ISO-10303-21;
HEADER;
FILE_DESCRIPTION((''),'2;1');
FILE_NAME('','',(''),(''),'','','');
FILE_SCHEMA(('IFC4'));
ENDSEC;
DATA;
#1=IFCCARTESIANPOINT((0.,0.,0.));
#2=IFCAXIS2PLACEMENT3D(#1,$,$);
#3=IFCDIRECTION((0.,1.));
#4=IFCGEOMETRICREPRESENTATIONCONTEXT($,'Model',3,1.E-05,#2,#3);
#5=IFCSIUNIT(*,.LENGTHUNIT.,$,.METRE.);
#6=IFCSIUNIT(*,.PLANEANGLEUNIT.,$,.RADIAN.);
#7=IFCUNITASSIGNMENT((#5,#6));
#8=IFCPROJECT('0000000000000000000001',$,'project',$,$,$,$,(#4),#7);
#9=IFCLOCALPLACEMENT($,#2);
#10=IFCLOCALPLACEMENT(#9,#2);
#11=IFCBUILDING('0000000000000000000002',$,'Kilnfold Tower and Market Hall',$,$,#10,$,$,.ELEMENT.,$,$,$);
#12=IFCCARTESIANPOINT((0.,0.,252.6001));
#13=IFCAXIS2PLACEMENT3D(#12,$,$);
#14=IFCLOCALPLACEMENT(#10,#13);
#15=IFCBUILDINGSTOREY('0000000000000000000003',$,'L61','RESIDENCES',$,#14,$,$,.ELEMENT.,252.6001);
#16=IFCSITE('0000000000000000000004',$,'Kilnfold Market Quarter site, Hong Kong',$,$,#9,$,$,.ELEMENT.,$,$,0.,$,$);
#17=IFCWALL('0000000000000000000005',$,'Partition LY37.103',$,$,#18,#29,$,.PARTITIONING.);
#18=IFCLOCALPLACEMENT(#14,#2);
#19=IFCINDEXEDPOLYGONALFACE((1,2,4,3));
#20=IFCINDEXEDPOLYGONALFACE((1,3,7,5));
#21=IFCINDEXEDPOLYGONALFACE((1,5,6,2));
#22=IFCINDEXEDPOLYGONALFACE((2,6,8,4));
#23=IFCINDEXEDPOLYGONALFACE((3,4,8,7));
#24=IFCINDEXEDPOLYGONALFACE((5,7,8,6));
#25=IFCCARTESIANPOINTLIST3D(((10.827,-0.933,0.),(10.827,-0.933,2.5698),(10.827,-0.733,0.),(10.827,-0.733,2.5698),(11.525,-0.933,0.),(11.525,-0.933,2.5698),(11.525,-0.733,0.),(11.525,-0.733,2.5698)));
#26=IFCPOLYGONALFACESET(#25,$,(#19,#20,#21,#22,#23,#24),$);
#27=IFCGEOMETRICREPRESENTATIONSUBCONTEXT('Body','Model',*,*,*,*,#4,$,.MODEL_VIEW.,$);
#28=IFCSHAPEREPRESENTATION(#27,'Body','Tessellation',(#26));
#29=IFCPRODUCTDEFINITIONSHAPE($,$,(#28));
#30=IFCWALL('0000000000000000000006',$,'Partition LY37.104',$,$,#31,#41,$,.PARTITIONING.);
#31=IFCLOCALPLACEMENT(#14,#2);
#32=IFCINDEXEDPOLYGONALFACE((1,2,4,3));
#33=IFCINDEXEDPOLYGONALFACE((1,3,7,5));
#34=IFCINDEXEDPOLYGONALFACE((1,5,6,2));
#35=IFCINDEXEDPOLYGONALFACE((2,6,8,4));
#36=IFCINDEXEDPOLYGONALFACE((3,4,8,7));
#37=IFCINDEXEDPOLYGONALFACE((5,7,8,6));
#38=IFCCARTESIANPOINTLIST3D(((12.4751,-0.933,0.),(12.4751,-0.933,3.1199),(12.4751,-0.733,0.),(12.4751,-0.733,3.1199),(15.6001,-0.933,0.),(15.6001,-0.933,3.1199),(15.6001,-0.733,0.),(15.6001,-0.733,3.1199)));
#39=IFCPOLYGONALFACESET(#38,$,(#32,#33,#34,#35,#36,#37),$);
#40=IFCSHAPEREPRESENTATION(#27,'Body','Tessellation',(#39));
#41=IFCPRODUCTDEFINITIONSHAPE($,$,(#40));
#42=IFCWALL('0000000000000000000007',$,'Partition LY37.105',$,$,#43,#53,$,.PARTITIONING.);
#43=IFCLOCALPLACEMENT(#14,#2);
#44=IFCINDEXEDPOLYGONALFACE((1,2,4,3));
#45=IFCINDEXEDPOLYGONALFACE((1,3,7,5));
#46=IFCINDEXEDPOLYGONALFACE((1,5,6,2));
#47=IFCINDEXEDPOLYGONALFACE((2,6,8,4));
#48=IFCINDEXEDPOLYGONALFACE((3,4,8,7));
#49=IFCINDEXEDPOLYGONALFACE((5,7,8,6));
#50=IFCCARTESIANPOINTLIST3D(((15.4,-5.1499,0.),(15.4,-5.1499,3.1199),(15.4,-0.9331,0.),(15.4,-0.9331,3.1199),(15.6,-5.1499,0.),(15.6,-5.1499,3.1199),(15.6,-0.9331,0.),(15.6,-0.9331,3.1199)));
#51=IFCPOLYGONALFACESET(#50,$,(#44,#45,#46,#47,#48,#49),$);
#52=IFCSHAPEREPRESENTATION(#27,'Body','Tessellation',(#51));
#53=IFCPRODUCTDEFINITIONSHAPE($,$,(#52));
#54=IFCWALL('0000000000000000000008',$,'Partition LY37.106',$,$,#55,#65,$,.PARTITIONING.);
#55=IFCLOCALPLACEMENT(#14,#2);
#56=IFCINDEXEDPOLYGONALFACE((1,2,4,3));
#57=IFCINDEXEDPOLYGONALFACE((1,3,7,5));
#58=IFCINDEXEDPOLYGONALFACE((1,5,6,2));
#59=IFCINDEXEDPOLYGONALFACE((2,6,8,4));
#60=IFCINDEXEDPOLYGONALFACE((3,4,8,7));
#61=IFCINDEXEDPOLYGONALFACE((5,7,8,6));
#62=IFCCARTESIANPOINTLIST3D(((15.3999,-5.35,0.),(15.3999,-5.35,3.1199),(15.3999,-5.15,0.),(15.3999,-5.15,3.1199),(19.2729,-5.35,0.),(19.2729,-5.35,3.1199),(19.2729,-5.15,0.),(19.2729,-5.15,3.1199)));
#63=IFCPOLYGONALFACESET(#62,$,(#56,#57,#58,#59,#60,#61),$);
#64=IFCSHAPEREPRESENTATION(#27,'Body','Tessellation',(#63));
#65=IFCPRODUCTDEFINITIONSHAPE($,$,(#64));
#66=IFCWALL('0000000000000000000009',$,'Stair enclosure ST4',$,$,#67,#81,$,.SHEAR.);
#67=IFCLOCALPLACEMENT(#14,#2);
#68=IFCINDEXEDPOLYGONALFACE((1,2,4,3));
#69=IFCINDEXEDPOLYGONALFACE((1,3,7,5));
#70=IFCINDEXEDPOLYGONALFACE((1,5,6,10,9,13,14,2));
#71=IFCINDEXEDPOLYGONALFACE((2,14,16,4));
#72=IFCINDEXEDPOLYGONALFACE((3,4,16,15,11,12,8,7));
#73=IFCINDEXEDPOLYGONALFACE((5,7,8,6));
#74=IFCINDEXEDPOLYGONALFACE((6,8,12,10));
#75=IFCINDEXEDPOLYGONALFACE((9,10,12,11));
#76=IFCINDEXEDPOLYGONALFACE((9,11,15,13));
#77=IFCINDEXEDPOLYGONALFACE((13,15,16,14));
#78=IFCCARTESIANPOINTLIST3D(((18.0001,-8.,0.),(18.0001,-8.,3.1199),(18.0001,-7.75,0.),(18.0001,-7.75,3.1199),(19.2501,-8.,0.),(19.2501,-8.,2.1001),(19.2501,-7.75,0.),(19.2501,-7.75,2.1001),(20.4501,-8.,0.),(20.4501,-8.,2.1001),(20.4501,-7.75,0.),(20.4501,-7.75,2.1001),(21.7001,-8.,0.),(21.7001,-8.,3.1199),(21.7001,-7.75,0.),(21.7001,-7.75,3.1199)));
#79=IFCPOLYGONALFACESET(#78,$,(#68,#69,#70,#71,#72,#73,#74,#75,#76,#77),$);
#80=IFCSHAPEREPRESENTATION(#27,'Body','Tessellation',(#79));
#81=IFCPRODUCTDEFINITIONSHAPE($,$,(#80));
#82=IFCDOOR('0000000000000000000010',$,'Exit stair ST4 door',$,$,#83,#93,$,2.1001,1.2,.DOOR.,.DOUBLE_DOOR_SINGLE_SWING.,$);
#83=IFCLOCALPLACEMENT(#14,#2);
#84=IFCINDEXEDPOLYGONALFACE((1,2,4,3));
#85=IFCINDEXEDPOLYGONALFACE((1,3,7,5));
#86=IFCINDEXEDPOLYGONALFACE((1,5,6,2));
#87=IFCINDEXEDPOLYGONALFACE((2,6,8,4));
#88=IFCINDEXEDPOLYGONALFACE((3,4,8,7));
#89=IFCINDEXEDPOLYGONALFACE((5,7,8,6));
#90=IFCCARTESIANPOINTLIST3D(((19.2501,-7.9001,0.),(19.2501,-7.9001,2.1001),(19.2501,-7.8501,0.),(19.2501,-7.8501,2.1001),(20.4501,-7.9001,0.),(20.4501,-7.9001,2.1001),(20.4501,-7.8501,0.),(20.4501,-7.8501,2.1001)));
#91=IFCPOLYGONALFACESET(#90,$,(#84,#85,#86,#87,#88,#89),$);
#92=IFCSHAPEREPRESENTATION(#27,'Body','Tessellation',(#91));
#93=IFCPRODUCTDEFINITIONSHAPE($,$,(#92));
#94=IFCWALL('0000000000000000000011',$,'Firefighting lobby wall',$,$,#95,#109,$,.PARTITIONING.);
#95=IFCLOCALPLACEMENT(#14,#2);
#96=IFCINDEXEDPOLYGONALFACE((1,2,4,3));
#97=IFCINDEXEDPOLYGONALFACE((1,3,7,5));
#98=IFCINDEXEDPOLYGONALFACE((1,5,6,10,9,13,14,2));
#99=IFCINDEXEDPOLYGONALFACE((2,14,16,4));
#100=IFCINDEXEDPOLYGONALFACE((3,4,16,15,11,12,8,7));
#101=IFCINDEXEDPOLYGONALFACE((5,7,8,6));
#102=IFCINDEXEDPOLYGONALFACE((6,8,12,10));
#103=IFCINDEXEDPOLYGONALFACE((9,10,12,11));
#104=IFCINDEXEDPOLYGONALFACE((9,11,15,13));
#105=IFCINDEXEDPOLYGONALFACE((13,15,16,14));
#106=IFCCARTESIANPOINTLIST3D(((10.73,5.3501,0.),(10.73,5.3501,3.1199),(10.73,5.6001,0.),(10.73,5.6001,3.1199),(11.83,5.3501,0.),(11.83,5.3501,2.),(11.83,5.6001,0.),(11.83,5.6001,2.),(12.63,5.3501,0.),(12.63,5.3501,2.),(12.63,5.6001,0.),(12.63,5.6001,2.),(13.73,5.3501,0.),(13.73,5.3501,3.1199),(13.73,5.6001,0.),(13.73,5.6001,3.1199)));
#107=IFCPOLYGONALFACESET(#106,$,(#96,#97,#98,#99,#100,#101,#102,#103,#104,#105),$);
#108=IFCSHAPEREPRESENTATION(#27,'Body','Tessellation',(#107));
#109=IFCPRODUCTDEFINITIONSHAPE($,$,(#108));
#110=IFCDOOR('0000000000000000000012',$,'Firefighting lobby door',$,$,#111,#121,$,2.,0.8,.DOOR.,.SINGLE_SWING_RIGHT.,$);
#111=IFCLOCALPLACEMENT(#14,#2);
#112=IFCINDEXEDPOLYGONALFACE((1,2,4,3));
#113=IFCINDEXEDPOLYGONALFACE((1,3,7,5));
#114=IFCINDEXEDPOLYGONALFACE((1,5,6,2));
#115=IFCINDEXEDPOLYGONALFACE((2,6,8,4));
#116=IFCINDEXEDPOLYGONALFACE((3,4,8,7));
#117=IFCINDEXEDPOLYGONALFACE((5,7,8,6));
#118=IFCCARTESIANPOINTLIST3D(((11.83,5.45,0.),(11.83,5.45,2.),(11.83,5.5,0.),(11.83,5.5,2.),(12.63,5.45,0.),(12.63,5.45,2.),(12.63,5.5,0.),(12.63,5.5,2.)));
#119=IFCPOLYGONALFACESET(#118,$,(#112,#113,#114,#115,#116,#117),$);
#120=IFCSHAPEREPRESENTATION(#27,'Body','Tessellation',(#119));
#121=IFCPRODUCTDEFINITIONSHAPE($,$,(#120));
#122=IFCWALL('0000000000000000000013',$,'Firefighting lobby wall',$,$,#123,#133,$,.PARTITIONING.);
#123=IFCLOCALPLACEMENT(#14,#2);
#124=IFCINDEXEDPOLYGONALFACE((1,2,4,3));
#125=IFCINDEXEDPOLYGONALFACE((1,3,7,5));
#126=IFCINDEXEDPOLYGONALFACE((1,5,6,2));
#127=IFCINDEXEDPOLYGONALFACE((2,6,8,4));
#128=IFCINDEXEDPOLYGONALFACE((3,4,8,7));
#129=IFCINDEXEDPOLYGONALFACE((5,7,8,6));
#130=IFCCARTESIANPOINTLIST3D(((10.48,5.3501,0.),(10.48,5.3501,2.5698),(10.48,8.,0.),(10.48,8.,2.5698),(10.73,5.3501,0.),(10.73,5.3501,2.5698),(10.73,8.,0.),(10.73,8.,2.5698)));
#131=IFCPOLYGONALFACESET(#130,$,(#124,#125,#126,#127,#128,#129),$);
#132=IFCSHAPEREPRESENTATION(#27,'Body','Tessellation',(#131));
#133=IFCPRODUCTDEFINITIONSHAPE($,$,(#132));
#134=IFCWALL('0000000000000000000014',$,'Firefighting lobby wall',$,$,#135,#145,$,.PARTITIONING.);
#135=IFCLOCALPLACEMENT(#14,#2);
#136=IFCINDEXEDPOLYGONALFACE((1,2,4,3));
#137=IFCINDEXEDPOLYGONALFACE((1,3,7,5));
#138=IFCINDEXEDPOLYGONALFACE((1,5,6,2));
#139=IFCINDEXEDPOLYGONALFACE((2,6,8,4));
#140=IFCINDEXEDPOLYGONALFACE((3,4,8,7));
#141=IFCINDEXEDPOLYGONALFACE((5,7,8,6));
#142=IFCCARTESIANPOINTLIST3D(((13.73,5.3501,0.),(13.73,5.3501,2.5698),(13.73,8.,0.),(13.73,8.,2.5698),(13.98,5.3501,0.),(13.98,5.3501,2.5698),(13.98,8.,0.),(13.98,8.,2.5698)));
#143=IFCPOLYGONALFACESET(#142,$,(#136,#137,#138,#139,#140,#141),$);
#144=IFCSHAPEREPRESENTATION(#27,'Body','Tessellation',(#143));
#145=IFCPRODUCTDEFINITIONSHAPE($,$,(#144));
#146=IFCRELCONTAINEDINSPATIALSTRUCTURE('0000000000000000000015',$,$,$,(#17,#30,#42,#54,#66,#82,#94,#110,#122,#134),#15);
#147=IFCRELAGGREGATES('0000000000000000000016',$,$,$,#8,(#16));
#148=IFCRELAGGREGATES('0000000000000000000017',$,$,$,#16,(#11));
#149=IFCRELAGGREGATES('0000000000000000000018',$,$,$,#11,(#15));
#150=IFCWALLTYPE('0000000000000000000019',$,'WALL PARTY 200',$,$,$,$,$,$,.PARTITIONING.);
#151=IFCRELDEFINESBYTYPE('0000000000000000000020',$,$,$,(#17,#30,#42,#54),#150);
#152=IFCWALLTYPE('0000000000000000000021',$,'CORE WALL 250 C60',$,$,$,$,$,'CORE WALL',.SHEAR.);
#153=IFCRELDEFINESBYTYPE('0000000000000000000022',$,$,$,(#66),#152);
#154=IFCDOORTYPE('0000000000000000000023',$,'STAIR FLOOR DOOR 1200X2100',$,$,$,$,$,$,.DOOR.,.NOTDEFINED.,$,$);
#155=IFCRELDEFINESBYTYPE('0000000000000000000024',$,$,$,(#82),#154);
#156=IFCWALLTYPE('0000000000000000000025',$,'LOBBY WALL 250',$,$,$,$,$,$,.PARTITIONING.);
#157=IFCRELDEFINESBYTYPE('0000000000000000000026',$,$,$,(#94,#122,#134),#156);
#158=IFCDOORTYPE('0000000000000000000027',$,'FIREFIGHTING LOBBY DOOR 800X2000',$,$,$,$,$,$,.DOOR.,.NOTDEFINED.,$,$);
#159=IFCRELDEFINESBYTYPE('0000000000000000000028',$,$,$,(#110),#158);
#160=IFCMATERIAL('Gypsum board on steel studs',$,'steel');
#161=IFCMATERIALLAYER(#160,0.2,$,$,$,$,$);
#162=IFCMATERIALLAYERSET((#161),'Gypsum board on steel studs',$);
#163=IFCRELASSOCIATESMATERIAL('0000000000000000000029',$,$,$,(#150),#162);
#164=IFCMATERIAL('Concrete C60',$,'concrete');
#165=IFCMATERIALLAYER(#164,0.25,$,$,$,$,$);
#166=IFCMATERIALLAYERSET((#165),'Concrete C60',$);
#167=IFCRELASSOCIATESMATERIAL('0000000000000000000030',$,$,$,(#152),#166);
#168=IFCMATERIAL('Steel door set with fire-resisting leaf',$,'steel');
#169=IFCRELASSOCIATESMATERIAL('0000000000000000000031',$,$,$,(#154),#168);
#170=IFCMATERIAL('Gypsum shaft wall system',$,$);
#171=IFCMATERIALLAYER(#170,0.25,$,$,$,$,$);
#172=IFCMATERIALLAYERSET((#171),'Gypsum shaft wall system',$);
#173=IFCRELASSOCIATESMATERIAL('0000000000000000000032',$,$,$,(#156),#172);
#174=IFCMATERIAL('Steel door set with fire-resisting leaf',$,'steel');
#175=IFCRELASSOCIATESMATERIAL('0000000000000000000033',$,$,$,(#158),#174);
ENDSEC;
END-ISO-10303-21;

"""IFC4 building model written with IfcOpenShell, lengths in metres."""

from ifc_helpers import new_model, si_unit, direction, frame, frame_2d, origin, place, context, subcontext, project, spatial, rectangle, extrude, source, transform, mapped, material, layer, layer_set, type_object, element, fill, save


model = new_model("IFC4")

# Units and contexts
model_context = context("Model", 3, precision=1e-05, world=origin(), true_north=direction((0.0, 1.0)))
body_context = subcontext(model_context, "Body", "Model", "MODEL_VIEW")
ifc_project = project(units=[si_unit("LENGTHUNIT", "METRE"), si_unit("PLANEANGLEUNIT", "RADIAN")], contexts=[model_context])

# Site, building, storey
site_placement = place(None, origin())
site = spatial("IfcSite", under=ifc_project, at=site_placement, Name="Kilnfold Market Quarter site, Hong Kong", CompositionType="ELEMENT", RefElevation=0.0)
building_placement = place(site_placement, origin())
building = spatial("IfcBuilding", under=site, at=building_placement, Name="Kilnfold Tower and Market Hall", CompositionType="ELEMENT")
storey_placement = place(building_placement, frame((0.0, 0.0, 252.6001)))
storey = spatial("IfcBuildingStorey", under=building, at=storey_placement, Name="L61", Description="RESIDENCES", CompositionType="ELEMENT", Elevation=252.6001)

# Walls
ifc_material_1 = material(Name="Gypsum board on steel studs", Category="steel")
ifc_layer_1 = layer(ifc_material_1, 0.2)
ifc_layer_set_1 = layer_set([ifc_layer_1], Name="Gypsum board on steel studs")
wall_type_1 = type_object("IfcWallType", Name="WALL PARTY 200", PredefinedType="PARTITIONING", material=ifc_layer_set_1)
wall_1_placement = place(storey_placement, frame((10.8269, -0.833, 0.0), z_axis=(0.0, 0.0, 1.0), x_axis=(1.0, 0.0, 0.0)))
element("IfcWall", 1, at=wall_1_placement, inside=storey, type_object=wall_type_1, Name="Partition LY37.103", PredefinedType="PARTITIONING", context=body_context, shape_type="SweptSolid", body=[
    extrude(rectangle(XDim=0.698, YDim=0.2, at=frame_2d((0.3491, 0.0))), origin(), (0.0, 0.0, 1.0), 2.5698),
])
wall_2_placement = place(storey_placement, frame((12.4751, -0.833, 0.0), z_axis=(0.0, 0.0, 1.0), x_axis=(1.0, 0.0, 0.0)))
element("IfcWall", 2, at=wall_2_placement, inside=storey, type_object=wall_type_1, Name="Partition LY37.104", PredefinedType="PARTITIONING", context=body_context, shape_type="SweptSolid", body=[
    extrude(rectangle(XDim=3.125, YDim=0.2, at=frame_2d((1.5625, 0.0))), origin(), (0.0, 0.0, 1.0), 3.1199),
])
wall_3_placement = place(storey_placement, frame((15.5, -5.1499, 0.0), z_axis=(0.0, 0.0, 1.0), x_axis=(0.0, 1.0, 0.0)))
element("IfcWall", 3, at=wall_3_placement, inside=storey, type_object=wall_type_1, Name="Partition LY37.105", PredefinedType="PARTITIONING", context=body_context, shape_type="SweptSolid", body=[
    extrude(rectangle(XDim=4.2168, YDim=0.2, at=frame_2d((2.1084, 0.0))), origin(), (0.0, 0.0, 1.0), 3.1199),
])
wall_4_placement = place(storey_placement, frame((15.3999, -5.25, 0.0), z_axis=(0.0, 0.0, 1.0), x_axis=(1.0, 0.0, 0.0)))
element("IfcWall", 4, at=wall_4_placement, inside=storey, type_object=wall_type_1, Name="Partition LY37.106", PredefinedType="PARTITIONING", context=body_context, shape_type="SweptSolid", body=[
    extrude(rectangle(XDim=3.873, YDim=0.2, at=frame_2d((1.9365, 0.0))), origin(), (0.0, 0.0, 1.0), 3.1199),
])

# Walls, openings, doors
ifc_material_2 = material(Name="Concrete C60", Category="concrete")
ifc_layer_2 = layer(ifc_material_2, 0.25)
ifc_layer_set_2 = layer_set([ifc_layer_2], Name="Concrete C60")
wall_type_2 = type_object("IfcWallType", Name="CORE WALL 250 C60", ElementType="CORE WALL", PredefinedType="SHEAR", material=ifc_layer_set_2)
shared_shape_1 = source(origin(), body_context, "Body", "SweptSolid", [
    extrude(rectangle(XDim=3.7, YDim=0.25, at=frame_2d((1.8501, 0.0))), origin(), (0.0, 0.0, 1.0), 3.1199),
])
wall_5_placement = place(storey_placement, frame((18.0, -7.875, 0.0), z_axis=(0.0, 0.0, 1.0), x_axis=(1.0, 0.0, 0.0)))
wall_5 = element("IfcWall", 5, at=wall_5_placement, inside=storey, type_object=wall_type_2, Name="Stair enclosure ST4", PredefinedType="SHEAR", context=body_context, shape_type="MappedRepresentation", body=[
    mapped(shared_shape_1, transform((0.0, 0.0, 0.0))),
])
opening_1_placement = place(wall_5_placement, frame((1.25, 0.0, 0.0)))
opening_1 = element("IfcOpeningElement", 6, at=opening_1_placement, cuts=wall_5, PredefinedType="OPENING", context=body_context, shape_type="SweptSolid", body=[
    extrude(rectangle(XDim=1.2, YDim=2.1001, at=frame_2d((0.6001, 1.05))), frame((0.0, 0.135, 0.0), z_axis=(0.0, -1.0, 0.0), x_axis=(1.0, 0.0, 0.0)), (0.0, 0.0, 1.0), 0.27),
])
ifc_material_3 = material(Name="Steel door set with fire-resisting leaf", Category="steel")
door_type_1 = type_object("IfcDoorType", Name="STAIR FLOOR DOOR 1200X2100", OperationType="NOTDEFINED", PredefinedType="DOOR", material=ifc_material_3)
door_1_placement = place(opening_1_placement, origin())
door_1 = element("IfcDoor", 7, at=door_1_placement, inside=storey, type_object=door_type_1, Name="Exit stair ST4 door", OperationType="DOUBLE_DOOR_SINGLE_SWING", OverallHeight=2.1001, OverallWidth=1.2, PredefinedType="DOOR", context=body_context, shape_type="SweptSolid", body=[
    extrude(rectangle(XDim=1.2, YDim=2.1001, at=frame_2d((0.6001, 1.05))), frame((0.0, 0.0249, 0.0), z_axis=(0.0, -1.0, 0.0), x_axis=(1.0, 0.0, 0.0)), (0.0, 0.0, 1.0), 0.05),
])
fill(opening_1, door_1)
ifc_material_4 = material(Name="Gypsum shaft wall system")
ifc_layer_3 = layer(ifc_material_4, 0.25)
ifc_layer_set_3 = layer_set([ifc_layer_3], Name="Gypsum shaft wall system")
wall_type_3 = type_object("IfcWallType", Name="LOBBY WALL 250", PredefinedType="PARTITIONING", material=ifc_layer_set_3)
shared_shape_2 = source(origin(), body_context, "Body", "SweptSolid", [
    extrude(rectangle(XDim=3.0, YDim=0.25, at=frame_2d((1.5, 0.0))), origin(), (0.0, 0.0, 1.0), 3.1199),
])
wall_6_placement = place(storey_placement, frame((10.73, 5.4751, 0.0), z_axis=(0.0, 0.0, 1.0), x_axis=(1.0, 0.0, 0.0)))
wall_6 = element("IfcWall", 8, at=wall_6_placement, inside=storey, type_object=wall_type_3, Name="Firefighting lobby wall", PredefinedType="PARTITIONING", context=body_context, shape_type="MappedRepresentation", body=[
    mapped(shared_shape_2, transform((0.0, 0.0, 0.0))),
])
opening_2_placement = place(wall_6_placement, frame((1.1001, 0.0, 0.0)))
opening_2 = element("IfcOpeningElement", 9, at=opening_2_placement, cuts=wall_6, PredefinedType="OPENING", context=body_context, shape_type="SweptSolid", body=[
    extrude(rectangle(XDim=0.8, YDim=2.0, at=frame_2d((0.3999, 1.0))), frame((0.0, 0.135, 0.0), z_axis=(0.0, -1.0, 0.0), x_axis=(1.0, 0.0, 0.0)), (0.0, 0.0, 1.0), 0.27),
])
ifc_material_5 = material(Name="Steel door set with fire-resisting leaf", Category="steel")
door_type_2 = type_object("IfcDoorType", Name="FIREFIGHTING LOBBY DOOR 800X2000", OperationType="NOTDEFINED", PredefinedType="DOOR", material=ifc_material_5)
door_2_placement = place(opening_2_placement, origin())
door_2 = element("IfcDoor", 10, at=door_2_placement, inside=storey, type_object=door_type_2, Name="Firefighting lobby door", OperationType="SINGLE_SWING_RIGHT", OverallHeight=2.0, OverallWidth=0.8, PredefinedType="DOOR", context=body_context, shape_type="SweptSolid", body=[
    extrude(rectangle(XDim=0.8, YDim=2.0, at=frame_2d((0.3999, 1.0))), frame((0.0, 0.0249, 0.0), z_axis=(0.0, -1.0, 0.0), x_axis=(1.0, 0.0, 0.0)), (0.0, 0.0, 1.0), 0.05),
])
fill(opening_2, door_2)

# Walls
shared_shape_3 = source(origin(), body_context, "Body", "SweptSolid", [
    extrude(rectangle(XDim=2.6499, YDim=0.25, at=frame_2d((1.325, 0.0))), origin(), (0.0, 0.0, 1.0), 2.5698),
])
for number, where, z_axis, x_axis, name in (
    (11, (10.605, 5.3501, 0.0), (0.0, 0.0, 1.0), (0.0, 1.0, 0.0), "Firefighting lobby wall"),
    (12, (13.855, 5.3501, 0.0), (0.0, 0.0, 1.0), (0.0, 1.0, 0.0), "Firefighting lobby wall"),
):
    element("IfcWall", number, at=place(storey_placement, frame(where, z_axis=z_axis, x_axis=x_axis)), inside=storey, type_object=wall_type_3, Name=name, PredefinedType="PARTITIONING", context=body_context, shape_type="MappedRepresentation", body=[
        mapped(shared_shape_3, transform((0.0, 0.0, 0.0))),
    ])

save(model, "model.ifc")
